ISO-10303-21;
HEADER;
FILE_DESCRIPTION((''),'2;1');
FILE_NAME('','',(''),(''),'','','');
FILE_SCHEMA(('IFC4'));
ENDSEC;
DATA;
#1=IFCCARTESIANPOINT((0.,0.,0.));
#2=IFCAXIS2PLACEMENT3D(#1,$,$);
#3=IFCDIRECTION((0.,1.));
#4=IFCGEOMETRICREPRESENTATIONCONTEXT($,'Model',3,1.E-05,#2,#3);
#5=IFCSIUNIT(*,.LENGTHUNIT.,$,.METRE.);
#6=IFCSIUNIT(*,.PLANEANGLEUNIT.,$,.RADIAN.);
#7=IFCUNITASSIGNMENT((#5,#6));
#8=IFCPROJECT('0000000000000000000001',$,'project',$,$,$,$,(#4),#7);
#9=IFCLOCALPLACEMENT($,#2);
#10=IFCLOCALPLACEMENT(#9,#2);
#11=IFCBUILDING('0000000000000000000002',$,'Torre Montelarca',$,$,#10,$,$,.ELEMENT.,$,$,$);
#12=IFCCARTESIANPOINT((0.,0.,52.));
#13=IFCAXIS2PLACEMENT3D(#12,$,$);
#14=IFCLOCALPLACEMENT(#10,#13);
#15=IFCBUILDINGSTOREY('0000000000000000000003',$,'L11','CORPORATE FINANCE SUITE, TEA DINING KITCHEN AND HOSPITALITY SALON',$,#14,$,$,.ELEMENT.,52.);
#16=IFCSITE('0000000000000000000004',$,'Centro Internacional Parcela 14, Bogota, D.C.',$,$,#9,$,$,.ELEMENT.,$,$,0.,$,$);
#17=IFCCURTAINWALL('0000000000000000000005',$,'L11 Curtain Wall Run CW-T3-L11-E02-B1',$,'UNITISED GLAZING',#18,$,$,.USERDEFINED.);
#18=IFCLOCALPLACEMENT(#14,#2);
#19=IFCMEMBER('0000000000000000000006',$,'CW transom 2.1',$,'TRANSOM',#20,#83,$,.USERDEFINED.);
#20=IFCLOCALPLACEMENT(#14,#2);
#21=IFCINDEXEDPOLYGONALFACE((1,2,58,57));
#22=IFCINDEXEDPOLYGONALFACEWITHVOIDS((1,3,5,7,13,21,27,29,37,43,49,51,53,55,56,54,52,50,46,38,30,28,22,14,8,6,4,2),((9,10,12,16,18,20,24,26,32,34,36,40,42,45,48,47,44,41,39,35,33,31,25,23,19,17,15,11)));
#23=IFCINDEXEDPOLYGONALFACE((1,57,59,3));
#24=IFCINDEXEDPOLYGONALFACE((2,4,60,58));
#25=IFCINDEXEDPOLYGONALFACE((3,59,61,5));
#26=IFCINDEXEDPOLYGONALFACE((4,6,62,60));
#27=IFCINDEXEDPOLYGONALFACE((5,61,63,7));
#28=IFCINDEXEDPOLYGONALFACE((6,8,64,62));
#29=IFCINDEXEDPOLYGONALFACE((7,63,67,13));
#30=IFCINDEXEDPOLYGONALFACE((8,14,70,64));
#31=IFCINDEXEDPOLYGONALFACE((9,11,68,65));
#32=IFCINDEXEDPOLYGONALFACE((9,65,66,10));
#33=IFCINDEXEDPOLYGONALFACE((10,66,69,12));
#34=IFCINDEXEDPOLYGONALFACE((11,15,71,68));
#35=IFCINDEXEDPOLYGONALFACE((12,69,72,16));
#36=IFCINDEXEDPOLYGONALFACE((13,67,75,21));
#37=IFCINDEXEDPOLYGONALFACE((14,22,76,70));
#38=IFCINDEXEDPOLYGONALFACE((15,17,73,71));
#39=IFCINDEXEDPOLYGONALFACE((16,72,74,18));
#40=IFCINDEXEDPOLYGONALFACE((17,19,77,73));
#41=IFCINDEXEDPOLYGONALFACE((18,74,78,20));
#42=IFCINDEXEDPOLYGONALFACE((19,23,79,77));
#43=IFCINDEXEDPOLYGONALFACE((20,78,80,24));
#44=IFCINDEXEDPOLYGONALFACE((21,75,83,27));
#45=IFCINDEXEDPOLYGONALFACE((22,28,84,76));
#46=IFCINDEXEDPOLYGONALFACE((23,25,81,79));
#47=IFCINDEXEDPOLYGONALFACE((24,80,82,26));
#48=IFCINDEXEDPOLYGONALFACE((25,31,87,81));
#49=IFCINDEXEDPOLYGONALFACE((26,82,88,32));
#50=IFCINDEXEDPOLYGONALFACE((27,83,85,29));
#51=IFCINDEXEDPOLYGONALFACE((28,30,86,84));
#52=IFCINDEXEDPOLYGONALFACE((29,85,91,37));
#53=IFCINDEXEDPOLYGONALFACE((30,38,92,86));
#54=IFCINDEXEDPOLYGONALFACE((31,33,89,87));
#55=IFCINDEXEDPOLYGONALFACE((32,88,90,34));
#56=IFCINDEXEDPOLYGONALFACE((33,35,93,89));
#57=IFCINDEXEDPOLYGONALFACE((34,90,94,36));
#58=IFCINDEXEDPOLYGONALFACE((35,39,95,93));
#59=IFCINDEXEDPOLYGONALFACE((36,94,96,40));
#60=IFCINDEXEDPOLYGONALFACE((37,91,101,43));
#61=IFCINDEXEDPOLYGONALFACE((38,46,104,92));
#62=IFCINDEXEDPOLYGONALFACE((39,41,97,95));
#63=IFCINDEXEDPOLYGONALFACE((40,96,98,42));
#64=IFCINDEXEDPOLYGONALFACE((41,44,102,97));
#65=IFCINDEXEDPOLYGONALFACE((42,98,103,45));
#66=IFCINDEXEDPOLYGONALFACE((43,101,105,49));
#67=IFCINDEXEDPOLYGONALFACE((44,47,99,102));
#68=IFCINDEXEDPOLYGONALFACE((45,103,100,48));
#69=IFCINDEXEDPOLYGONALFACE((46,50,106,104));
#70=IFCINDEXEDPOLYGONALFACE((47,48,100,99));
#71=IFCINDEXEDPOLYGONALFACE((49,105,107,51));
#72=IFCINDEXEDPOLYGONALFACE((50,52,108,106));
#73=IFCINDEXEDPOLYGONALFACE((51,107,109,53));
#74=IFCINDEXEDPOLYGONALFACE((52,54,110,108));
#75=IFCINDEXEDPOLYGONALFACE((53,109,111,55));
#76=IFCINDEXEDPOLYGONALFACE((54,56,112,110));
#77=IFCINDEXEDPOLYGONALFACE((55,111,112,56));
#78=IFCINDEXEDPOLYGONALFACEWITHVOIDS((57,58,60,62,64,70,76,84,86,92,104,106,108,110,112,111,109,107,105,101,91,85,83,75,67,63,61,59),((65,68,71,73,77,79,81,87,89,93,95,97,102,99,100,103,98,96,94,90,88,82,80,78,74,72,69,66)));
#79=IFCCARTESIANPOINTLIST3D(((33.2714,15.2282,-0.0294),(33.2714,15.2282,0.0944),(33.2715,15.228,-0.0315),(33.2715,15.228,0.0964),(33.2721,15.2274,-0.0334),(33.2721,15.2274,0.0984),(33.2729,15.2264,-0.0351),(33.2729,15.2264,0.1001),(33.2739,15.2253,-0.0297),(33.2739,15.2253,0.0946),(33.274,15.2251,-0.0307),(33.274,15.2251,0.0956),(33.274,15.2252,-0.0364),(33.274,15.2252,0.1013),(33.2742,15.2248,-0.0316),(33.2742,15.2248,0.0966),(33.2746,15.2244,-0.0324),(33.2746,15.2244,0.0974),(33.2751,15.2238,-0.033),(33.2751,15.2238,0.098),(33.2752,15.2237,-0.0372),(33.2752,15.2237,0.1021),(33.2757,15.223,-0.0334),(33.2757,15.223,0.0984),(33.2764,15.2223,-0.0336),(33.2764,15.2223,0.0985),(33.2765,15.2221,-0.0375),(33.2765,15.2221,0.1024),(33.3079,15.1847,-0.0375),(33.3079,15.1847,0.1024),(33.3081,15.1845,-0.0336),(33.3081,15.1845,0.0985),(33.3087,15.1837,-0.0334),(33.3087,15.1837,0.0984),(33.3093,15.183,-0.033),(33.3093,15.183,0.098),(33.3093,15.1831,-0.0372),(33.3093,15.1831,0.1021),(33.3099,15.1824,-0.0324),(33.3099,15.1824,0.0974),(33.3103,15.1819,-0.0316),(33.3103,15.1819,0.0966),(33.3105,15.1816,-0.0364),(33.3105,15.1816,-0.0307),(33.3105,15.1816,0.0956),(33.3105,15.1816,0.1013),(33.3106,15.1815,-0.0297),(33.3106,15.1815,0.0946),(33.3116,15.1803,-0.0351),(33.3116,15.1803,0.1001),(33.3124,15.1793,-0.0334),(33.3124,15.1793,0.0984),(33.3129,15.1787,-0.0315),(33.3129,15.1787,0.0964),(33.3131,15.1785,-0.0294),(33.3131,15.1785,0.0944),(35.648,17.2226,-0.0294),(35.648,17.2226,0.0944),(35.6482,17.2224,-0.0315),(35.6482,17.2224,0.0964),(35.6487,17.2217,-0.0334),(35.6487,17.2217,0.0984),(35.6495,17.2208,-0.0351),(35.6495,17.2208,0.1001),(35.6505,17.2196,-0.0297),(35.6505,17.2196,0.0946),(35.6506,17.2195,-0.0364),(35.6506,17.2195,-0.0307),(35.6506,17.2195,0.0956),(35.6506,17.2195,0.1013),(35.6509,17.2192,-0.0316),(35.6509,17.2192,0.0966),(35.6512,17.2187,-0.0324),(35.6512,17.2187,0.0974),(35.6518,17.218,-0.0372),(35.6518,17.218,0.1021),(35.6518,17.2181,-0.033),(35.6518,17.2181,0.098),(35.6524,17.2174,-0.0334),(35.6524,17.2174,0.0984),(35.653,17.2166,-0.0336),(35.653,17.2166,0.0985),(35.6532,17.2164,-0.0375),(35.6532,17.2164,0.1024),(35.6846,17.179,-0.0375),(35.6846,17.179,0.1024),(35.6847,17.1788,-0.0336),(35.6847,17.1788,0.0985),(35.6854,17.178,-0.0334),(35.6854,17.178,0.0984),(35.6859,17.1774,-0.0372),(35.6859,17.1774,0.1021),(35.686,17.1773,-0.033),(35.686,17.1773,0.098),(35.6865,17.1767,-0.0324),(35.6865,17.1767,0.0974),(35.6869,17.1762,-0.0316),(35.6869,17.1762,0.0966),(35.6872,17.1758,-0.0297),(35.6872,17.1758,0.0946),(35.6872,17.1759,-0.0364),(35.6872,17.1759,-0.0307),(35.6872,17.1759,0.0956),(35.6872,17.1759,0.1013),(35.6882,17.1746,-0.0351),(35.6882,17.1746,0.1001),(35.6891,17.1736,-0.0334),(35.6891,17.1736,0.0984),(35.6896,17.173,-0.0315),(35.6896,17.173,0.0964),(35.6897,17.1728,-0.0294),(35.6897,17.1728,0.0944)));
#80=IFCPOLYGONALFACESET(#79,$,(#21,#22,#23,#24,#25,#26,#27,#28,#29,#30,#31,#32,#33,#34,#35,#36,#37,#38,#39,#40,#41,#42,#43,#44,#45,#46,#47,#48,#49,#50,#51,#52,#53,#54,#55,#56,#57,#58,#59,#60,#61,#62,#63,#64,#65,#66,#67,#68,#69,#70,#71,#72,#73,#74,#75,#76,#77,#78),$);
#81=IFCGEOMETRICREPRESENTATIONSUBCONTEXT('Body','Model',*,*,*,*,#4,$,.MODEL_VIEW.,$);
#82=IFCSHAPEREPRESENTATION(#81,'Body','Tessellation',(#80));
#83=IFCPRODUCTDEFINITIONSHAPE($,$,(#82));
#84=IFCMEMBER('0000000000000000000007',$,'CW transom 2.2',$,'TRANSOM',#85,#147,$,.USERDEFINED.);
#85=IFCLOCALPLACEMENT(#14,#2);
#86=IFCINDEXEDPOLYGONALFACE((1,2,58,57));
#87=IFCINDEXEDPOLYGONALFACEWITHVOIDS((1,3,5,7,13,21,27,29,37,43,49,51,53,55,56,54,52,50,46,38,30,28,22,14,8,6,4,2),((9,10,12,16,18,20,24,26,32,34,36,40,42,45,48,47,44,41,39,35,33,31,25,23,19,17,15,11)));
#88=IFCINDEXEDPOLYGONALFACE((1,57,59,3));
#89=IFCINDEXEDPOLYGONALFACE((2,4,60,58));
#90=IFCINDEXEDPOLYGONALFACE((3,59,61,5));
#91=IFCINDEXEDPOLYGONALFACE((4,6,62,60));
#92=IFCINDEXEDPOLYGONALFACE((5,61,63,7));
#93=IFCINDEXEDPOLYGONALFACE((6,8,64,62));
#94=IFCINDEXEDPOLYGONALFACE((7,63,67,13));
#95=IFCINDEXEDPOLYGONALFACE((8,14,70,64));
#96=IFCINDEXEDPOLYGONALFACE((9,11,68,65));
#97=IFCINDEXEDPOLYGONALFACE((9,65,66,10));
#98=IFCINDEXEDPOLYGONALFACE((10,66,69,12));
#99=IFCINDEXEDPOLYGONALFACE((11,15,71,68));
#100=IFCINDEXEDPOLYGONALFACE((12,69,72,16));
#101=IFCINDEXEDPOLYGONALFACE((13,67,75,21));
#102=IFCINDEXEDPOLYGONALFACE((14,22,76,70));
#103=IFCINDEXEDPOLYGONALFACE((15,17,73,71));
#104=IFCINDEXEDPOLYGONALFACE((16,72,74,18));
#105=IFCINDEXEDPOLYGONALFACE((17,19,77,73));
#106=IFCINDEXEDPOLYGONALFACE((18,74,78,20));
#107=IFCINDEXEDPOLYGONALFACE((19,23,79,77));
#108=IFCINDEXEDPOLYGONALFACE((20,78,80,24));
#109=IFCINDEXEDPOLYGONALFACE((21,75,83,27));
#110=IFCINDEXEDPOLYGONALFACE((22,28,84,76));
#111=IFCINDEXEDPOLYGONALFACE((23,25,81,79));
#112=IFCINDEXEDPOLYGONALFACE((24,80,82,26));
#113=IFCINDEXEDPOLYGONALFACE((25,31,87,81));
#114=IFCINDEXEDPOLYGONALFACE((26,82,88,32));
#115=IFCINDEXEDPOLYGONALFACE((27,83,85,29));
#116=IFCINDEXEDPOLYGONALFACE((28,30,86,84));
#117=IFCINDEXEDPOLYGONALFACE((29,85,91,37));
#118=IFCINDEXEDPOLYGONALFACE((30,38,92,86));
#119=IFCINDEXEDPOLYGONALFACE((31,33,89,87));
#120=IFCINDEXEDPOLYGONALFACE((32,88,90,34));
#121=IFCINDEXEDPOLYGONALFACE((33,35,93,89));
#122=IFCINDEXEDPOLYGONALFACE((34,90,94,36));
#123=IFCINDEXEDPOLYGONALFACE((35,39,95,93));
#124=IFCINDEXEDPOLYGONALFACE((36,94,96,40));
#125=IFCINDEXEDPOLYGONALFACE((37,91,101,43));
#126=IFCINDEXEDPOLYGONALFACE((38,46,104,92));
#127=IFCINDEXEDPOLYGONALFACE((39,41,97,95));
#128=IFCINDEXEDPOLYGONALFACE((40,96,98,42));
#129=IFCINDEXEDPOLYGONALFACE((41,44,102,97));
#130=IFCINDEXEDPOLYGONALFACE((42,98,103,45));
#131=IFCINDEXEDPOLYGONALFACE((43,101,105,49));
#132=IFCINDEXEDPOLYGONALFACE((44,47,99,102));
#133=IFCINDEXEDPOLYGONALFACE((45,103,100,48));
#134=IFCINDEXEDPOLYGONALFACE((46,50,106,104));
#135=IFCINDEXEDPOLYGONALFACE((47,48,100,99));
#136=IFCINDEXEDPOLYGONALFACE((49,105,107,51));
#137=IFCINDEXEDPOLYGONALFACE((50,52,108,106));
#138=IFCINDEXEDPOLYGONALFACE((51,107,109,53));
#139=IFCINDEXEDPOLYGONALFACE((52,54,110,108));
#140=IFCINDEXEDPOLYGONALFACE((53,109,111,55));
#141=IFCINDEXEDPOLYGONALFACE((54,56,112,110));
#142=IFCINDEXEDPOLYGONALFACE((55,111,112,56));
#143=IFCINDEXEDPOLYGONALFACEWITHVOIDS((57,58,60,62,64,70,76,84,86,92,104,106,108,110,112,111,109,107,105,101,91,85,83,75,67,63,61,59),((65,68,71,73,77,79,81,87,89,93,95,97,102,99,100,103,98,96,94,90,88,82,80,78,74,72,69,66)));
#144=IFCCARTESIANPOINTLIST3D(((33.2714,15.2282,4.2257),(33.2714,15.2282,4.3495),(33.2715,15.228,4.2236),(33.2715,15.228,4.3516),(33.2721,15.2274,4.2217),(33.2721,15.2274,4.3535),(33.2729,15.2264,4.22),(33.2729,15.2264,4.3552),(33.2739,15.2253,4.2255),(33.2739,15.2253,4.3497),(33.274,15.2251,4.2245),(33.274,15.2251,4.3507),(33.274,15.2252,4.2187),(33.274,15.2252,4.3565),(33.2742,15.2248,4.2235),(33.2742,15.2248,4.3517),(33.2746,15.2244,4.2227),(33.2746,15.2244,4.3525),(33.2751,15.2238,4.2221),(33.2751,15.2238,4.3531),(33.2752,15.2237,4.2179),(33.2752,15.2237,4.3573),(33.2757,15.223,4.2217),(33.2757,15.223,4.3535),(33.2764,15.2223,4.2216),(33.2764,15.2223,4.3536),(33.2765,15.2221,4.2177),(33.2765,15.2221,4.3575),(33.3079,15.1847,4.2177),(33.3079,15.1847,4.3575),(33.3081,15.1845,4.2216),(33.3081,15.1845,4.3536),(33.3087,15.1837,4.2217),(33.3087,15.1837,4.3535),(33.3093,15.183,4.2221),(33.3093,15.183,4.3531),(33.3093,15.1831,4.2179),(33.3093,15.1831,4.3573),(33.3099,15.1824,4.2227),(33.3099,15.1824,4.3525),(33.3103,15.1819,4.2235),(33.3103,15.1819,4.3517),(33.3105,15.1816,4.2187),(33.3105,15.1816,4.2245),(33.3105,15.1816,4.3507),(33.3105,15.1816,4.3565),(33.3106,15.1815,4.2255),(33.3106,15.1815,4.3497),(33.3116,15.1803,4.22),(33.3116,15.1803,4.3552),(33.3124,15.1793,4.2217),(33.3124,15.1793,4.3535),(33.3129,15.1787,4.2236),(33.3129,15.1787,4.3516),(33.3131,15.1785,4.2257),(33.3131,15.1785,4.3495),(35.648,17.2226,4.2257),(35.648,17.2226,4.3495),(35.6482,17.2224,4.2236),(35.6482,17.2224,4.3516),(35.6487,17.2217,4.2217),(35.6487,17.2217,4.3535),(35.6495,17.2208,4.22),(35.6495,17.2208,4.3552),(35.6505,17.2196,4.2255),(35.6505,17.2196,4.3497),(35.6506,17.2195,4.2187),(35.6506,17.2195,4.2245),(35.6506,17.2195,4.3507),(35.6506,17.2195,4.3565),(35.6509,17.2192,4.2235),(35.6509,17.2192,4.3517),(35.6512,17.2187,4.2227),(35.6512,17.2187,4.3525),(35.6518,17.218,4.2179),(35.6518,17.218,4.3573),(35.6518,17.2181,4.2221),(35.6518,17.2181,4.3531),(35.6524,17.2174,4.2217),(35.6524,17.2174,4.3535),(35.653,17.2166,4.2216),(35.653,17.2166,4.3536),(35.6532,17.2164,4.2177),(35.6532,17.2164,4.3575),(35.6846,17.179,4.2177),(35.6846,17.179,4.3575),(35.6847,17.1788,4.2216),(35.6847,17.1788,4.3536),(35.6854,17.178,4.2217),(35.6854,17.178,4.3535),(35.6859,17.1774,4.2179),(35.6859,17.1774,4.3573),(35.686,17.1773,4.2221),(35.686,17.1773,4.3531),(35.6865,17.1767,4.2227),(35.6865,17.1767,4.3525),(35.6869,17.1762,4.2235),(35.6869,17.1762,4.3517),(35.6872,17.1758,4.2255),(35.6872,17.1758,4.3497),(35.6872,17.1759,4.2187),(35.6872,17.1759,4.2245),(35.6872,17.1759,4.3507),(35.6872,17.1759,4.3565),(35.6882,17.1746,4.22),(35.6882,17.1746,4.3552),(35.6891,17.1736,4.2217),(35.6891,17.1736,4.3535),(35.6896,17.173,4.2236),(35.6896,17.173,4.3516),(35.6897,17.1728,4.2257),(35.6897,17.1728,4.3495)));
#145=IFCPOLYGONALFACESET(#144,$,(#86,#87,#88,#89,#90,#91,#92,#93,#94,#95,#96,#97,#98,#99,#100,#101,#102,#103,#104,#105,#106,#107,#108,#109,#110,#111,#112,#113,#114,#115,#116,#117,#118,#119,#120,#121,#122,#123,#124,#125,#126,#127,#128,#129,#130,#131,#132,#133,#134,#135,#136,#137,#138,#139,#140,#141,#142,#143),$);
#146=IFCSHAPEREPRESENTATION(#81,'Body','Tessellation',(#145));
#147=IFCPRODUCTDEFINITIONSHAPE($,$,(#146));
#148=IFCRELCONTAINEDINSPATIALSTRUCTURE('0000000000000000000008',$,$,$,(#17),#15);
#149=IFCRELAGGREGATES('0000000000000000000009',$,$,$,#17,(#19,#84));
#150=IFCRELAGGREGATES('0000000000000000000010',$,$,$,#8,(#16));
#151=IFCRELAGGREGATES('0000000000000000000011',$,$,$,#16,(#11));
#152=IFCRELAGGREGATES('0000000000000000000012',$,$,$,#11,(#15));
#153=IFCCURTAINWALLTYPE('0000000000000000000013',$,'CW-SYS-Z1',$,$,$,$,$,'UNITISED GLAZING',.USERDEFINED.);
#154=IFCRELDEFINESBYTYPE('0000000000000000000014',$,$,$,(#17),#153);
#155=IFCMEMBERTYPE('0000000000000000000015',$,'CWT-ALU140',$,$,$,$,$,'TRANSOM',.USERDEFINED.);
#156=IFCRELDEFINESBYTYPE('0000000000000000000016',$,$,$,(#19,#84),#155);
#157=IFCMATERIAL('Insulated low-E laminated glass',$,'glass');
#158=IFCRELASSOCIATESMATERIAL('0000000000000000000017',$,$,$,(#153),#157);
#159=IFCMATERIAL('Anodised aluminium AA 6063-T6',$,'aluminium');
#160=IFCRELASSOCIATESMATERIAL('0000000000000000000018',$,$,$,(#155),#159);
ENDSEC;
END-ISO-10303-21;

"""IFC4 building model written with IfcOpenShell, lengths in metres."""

from ifc_helpers import new_model, si_unit, direction, frame, origin, origin_2d, place, context, subcontext, project, spatial, hollow_rectangle, extrude, source, transform, mapped, material, material_profile, profile_set, type_object, element, aggregate, save


model = new_model("IFC4")

# Units and contexts
model_context = context("Model", 3, precision=1e-05, world=origin(), true_north=direction((0.0, 1.0)))
body_context = subcontext(model_context, "Body", "Model", "MODEL_VIEW")
ifc_project = project(units=[si_unit("LENGTHUNIT", "METRE"), si_unit("PLANEANGLEUNIT", "RADIAN")], contexts=[model_context])

# Site, building, storey
site_placement = place(None, origin())
site = spatial("IfcSite", under=ifc_project, at=site_placement, Name="Centro Internacional Parcela 14, Bogota, D.C.", CompositionType="ELEMENT", RefElevation=0.0)
building_placement = place(site_placement, origin())
building = spatial("IfcBuilding", under=site, at=building_placement, Name="Torre Montelarca", CompositionType="ELEMENT")
storey_placement = place(building_placement, frame((0.0, 0.0, 52.0)))
storey = spatial("IfcBuildingStorey", under=building, at=storey_placement, Name="L11", Description="CORPORATE FINANCE SUITE, TEA DINING KITCHEN AND HOSPITALITY SALON", CompositionType="ELEMENT", Elevation=52.0)

# Shared definitions
ifc_material_1 = material(Name="Insulated low-E laminated glass", Category="glass")
curtain_wall_type = type_object("IfcCurtainWallType", Name="CW-SYS-Z1", ElementType="UNITISED GLAZING", PredefinedType="USERDEFINED", material=ifc_material_1)
ifc_material_2 = material(Name="Anodised aluminium AA 6063-T6", Category="aluminium")

# Curtain wall
curtain_wall_1_placement = place(storey_placement, origin())
curtain_wall_1 = element("IfcCurtainWall", 1, at=curtain_wall_1_placement, inside=storey, type_object=curtain_wall_type, Name="L11 Curtain Wall Run CW-T3-L11-E02-B1", ObjectType="UNITISED GLAZING", PredefinedType="USERDEFINED")

# Members
ifc_material_profile_1 = material_profile(ifc_material_2, hollow_rectangle(XDim=0.0649, YDim=0.1399, WallThickness=0.0039, InnerFilletRadius=0.0039, OuterFilletRadius=0.0081, at=origin_2d()), Name="ALU65X140X4", Category="aluminium")
ifc_profile_set_1 = profile_set([ifc_material_profile_1], Name="Anodised aluminium AA 6063-T6")
member_type_1 = type_object("IfcMemberType", Name="CWT-ALU140", ElementType="TRANSOM", PredefinedType="USERDEFINED", material=ifc_profile_set_1)
shared_shape_1 = source(origin(), body_context, "Body", "SweptSolid", [
    extrude(hollow_rectangle(XDim=0.0649, YDim=0.1399, WallThickness=0.0039, InnerFilletRadius=0.0039, OuterFilletRadius=0.0081, at=origin_2d()), origin(), (0.0, 0.0, 1.0), 3.1025),
])
member_1_placement = place(storey_placement, frame((33.2922, 15.2034, 0.0325), z_axis=(0.76603, 0.642804, 0.0), x_axis=(-0.642804, 0.76603, 0.0)))
member_1 = element("IfcMember", 2, at=member_1_placement, type_object=member_type_1, Name="CW transom 2.1", ObjectType="TRANSOM", PredefinedType="USERDEFINED", context=body_context, shape_type="MappedRepresentation", body=[
    mapped(shared_shape_1, transform((0.0, 0.0, 0.0), scale=1.0)),
])
member_2_placement = place(storey_placement, frame((33.2922, 15.2034, 4.2876), z_axis=(0.76603, 0.642804, 0.0), x_axis=(-0.642804, 0.76603, 0.0)))
member_2 = element("IfcMember", 3, at=member_2_placement, type_object=member_type_1, Name="CW transom 2.2", ObjectType="TRANSOM", PredefinedType="USERDEFINED", context=body_context, shape_type="MappedRepresentation", body=[
    mapped(shared_shape_1, transform((0.0, 0.0, 0.0), scale=1.0)),
])

aggregate(curtain_wall_1, [member_1, member_2])

save(model, "model.ifc")
